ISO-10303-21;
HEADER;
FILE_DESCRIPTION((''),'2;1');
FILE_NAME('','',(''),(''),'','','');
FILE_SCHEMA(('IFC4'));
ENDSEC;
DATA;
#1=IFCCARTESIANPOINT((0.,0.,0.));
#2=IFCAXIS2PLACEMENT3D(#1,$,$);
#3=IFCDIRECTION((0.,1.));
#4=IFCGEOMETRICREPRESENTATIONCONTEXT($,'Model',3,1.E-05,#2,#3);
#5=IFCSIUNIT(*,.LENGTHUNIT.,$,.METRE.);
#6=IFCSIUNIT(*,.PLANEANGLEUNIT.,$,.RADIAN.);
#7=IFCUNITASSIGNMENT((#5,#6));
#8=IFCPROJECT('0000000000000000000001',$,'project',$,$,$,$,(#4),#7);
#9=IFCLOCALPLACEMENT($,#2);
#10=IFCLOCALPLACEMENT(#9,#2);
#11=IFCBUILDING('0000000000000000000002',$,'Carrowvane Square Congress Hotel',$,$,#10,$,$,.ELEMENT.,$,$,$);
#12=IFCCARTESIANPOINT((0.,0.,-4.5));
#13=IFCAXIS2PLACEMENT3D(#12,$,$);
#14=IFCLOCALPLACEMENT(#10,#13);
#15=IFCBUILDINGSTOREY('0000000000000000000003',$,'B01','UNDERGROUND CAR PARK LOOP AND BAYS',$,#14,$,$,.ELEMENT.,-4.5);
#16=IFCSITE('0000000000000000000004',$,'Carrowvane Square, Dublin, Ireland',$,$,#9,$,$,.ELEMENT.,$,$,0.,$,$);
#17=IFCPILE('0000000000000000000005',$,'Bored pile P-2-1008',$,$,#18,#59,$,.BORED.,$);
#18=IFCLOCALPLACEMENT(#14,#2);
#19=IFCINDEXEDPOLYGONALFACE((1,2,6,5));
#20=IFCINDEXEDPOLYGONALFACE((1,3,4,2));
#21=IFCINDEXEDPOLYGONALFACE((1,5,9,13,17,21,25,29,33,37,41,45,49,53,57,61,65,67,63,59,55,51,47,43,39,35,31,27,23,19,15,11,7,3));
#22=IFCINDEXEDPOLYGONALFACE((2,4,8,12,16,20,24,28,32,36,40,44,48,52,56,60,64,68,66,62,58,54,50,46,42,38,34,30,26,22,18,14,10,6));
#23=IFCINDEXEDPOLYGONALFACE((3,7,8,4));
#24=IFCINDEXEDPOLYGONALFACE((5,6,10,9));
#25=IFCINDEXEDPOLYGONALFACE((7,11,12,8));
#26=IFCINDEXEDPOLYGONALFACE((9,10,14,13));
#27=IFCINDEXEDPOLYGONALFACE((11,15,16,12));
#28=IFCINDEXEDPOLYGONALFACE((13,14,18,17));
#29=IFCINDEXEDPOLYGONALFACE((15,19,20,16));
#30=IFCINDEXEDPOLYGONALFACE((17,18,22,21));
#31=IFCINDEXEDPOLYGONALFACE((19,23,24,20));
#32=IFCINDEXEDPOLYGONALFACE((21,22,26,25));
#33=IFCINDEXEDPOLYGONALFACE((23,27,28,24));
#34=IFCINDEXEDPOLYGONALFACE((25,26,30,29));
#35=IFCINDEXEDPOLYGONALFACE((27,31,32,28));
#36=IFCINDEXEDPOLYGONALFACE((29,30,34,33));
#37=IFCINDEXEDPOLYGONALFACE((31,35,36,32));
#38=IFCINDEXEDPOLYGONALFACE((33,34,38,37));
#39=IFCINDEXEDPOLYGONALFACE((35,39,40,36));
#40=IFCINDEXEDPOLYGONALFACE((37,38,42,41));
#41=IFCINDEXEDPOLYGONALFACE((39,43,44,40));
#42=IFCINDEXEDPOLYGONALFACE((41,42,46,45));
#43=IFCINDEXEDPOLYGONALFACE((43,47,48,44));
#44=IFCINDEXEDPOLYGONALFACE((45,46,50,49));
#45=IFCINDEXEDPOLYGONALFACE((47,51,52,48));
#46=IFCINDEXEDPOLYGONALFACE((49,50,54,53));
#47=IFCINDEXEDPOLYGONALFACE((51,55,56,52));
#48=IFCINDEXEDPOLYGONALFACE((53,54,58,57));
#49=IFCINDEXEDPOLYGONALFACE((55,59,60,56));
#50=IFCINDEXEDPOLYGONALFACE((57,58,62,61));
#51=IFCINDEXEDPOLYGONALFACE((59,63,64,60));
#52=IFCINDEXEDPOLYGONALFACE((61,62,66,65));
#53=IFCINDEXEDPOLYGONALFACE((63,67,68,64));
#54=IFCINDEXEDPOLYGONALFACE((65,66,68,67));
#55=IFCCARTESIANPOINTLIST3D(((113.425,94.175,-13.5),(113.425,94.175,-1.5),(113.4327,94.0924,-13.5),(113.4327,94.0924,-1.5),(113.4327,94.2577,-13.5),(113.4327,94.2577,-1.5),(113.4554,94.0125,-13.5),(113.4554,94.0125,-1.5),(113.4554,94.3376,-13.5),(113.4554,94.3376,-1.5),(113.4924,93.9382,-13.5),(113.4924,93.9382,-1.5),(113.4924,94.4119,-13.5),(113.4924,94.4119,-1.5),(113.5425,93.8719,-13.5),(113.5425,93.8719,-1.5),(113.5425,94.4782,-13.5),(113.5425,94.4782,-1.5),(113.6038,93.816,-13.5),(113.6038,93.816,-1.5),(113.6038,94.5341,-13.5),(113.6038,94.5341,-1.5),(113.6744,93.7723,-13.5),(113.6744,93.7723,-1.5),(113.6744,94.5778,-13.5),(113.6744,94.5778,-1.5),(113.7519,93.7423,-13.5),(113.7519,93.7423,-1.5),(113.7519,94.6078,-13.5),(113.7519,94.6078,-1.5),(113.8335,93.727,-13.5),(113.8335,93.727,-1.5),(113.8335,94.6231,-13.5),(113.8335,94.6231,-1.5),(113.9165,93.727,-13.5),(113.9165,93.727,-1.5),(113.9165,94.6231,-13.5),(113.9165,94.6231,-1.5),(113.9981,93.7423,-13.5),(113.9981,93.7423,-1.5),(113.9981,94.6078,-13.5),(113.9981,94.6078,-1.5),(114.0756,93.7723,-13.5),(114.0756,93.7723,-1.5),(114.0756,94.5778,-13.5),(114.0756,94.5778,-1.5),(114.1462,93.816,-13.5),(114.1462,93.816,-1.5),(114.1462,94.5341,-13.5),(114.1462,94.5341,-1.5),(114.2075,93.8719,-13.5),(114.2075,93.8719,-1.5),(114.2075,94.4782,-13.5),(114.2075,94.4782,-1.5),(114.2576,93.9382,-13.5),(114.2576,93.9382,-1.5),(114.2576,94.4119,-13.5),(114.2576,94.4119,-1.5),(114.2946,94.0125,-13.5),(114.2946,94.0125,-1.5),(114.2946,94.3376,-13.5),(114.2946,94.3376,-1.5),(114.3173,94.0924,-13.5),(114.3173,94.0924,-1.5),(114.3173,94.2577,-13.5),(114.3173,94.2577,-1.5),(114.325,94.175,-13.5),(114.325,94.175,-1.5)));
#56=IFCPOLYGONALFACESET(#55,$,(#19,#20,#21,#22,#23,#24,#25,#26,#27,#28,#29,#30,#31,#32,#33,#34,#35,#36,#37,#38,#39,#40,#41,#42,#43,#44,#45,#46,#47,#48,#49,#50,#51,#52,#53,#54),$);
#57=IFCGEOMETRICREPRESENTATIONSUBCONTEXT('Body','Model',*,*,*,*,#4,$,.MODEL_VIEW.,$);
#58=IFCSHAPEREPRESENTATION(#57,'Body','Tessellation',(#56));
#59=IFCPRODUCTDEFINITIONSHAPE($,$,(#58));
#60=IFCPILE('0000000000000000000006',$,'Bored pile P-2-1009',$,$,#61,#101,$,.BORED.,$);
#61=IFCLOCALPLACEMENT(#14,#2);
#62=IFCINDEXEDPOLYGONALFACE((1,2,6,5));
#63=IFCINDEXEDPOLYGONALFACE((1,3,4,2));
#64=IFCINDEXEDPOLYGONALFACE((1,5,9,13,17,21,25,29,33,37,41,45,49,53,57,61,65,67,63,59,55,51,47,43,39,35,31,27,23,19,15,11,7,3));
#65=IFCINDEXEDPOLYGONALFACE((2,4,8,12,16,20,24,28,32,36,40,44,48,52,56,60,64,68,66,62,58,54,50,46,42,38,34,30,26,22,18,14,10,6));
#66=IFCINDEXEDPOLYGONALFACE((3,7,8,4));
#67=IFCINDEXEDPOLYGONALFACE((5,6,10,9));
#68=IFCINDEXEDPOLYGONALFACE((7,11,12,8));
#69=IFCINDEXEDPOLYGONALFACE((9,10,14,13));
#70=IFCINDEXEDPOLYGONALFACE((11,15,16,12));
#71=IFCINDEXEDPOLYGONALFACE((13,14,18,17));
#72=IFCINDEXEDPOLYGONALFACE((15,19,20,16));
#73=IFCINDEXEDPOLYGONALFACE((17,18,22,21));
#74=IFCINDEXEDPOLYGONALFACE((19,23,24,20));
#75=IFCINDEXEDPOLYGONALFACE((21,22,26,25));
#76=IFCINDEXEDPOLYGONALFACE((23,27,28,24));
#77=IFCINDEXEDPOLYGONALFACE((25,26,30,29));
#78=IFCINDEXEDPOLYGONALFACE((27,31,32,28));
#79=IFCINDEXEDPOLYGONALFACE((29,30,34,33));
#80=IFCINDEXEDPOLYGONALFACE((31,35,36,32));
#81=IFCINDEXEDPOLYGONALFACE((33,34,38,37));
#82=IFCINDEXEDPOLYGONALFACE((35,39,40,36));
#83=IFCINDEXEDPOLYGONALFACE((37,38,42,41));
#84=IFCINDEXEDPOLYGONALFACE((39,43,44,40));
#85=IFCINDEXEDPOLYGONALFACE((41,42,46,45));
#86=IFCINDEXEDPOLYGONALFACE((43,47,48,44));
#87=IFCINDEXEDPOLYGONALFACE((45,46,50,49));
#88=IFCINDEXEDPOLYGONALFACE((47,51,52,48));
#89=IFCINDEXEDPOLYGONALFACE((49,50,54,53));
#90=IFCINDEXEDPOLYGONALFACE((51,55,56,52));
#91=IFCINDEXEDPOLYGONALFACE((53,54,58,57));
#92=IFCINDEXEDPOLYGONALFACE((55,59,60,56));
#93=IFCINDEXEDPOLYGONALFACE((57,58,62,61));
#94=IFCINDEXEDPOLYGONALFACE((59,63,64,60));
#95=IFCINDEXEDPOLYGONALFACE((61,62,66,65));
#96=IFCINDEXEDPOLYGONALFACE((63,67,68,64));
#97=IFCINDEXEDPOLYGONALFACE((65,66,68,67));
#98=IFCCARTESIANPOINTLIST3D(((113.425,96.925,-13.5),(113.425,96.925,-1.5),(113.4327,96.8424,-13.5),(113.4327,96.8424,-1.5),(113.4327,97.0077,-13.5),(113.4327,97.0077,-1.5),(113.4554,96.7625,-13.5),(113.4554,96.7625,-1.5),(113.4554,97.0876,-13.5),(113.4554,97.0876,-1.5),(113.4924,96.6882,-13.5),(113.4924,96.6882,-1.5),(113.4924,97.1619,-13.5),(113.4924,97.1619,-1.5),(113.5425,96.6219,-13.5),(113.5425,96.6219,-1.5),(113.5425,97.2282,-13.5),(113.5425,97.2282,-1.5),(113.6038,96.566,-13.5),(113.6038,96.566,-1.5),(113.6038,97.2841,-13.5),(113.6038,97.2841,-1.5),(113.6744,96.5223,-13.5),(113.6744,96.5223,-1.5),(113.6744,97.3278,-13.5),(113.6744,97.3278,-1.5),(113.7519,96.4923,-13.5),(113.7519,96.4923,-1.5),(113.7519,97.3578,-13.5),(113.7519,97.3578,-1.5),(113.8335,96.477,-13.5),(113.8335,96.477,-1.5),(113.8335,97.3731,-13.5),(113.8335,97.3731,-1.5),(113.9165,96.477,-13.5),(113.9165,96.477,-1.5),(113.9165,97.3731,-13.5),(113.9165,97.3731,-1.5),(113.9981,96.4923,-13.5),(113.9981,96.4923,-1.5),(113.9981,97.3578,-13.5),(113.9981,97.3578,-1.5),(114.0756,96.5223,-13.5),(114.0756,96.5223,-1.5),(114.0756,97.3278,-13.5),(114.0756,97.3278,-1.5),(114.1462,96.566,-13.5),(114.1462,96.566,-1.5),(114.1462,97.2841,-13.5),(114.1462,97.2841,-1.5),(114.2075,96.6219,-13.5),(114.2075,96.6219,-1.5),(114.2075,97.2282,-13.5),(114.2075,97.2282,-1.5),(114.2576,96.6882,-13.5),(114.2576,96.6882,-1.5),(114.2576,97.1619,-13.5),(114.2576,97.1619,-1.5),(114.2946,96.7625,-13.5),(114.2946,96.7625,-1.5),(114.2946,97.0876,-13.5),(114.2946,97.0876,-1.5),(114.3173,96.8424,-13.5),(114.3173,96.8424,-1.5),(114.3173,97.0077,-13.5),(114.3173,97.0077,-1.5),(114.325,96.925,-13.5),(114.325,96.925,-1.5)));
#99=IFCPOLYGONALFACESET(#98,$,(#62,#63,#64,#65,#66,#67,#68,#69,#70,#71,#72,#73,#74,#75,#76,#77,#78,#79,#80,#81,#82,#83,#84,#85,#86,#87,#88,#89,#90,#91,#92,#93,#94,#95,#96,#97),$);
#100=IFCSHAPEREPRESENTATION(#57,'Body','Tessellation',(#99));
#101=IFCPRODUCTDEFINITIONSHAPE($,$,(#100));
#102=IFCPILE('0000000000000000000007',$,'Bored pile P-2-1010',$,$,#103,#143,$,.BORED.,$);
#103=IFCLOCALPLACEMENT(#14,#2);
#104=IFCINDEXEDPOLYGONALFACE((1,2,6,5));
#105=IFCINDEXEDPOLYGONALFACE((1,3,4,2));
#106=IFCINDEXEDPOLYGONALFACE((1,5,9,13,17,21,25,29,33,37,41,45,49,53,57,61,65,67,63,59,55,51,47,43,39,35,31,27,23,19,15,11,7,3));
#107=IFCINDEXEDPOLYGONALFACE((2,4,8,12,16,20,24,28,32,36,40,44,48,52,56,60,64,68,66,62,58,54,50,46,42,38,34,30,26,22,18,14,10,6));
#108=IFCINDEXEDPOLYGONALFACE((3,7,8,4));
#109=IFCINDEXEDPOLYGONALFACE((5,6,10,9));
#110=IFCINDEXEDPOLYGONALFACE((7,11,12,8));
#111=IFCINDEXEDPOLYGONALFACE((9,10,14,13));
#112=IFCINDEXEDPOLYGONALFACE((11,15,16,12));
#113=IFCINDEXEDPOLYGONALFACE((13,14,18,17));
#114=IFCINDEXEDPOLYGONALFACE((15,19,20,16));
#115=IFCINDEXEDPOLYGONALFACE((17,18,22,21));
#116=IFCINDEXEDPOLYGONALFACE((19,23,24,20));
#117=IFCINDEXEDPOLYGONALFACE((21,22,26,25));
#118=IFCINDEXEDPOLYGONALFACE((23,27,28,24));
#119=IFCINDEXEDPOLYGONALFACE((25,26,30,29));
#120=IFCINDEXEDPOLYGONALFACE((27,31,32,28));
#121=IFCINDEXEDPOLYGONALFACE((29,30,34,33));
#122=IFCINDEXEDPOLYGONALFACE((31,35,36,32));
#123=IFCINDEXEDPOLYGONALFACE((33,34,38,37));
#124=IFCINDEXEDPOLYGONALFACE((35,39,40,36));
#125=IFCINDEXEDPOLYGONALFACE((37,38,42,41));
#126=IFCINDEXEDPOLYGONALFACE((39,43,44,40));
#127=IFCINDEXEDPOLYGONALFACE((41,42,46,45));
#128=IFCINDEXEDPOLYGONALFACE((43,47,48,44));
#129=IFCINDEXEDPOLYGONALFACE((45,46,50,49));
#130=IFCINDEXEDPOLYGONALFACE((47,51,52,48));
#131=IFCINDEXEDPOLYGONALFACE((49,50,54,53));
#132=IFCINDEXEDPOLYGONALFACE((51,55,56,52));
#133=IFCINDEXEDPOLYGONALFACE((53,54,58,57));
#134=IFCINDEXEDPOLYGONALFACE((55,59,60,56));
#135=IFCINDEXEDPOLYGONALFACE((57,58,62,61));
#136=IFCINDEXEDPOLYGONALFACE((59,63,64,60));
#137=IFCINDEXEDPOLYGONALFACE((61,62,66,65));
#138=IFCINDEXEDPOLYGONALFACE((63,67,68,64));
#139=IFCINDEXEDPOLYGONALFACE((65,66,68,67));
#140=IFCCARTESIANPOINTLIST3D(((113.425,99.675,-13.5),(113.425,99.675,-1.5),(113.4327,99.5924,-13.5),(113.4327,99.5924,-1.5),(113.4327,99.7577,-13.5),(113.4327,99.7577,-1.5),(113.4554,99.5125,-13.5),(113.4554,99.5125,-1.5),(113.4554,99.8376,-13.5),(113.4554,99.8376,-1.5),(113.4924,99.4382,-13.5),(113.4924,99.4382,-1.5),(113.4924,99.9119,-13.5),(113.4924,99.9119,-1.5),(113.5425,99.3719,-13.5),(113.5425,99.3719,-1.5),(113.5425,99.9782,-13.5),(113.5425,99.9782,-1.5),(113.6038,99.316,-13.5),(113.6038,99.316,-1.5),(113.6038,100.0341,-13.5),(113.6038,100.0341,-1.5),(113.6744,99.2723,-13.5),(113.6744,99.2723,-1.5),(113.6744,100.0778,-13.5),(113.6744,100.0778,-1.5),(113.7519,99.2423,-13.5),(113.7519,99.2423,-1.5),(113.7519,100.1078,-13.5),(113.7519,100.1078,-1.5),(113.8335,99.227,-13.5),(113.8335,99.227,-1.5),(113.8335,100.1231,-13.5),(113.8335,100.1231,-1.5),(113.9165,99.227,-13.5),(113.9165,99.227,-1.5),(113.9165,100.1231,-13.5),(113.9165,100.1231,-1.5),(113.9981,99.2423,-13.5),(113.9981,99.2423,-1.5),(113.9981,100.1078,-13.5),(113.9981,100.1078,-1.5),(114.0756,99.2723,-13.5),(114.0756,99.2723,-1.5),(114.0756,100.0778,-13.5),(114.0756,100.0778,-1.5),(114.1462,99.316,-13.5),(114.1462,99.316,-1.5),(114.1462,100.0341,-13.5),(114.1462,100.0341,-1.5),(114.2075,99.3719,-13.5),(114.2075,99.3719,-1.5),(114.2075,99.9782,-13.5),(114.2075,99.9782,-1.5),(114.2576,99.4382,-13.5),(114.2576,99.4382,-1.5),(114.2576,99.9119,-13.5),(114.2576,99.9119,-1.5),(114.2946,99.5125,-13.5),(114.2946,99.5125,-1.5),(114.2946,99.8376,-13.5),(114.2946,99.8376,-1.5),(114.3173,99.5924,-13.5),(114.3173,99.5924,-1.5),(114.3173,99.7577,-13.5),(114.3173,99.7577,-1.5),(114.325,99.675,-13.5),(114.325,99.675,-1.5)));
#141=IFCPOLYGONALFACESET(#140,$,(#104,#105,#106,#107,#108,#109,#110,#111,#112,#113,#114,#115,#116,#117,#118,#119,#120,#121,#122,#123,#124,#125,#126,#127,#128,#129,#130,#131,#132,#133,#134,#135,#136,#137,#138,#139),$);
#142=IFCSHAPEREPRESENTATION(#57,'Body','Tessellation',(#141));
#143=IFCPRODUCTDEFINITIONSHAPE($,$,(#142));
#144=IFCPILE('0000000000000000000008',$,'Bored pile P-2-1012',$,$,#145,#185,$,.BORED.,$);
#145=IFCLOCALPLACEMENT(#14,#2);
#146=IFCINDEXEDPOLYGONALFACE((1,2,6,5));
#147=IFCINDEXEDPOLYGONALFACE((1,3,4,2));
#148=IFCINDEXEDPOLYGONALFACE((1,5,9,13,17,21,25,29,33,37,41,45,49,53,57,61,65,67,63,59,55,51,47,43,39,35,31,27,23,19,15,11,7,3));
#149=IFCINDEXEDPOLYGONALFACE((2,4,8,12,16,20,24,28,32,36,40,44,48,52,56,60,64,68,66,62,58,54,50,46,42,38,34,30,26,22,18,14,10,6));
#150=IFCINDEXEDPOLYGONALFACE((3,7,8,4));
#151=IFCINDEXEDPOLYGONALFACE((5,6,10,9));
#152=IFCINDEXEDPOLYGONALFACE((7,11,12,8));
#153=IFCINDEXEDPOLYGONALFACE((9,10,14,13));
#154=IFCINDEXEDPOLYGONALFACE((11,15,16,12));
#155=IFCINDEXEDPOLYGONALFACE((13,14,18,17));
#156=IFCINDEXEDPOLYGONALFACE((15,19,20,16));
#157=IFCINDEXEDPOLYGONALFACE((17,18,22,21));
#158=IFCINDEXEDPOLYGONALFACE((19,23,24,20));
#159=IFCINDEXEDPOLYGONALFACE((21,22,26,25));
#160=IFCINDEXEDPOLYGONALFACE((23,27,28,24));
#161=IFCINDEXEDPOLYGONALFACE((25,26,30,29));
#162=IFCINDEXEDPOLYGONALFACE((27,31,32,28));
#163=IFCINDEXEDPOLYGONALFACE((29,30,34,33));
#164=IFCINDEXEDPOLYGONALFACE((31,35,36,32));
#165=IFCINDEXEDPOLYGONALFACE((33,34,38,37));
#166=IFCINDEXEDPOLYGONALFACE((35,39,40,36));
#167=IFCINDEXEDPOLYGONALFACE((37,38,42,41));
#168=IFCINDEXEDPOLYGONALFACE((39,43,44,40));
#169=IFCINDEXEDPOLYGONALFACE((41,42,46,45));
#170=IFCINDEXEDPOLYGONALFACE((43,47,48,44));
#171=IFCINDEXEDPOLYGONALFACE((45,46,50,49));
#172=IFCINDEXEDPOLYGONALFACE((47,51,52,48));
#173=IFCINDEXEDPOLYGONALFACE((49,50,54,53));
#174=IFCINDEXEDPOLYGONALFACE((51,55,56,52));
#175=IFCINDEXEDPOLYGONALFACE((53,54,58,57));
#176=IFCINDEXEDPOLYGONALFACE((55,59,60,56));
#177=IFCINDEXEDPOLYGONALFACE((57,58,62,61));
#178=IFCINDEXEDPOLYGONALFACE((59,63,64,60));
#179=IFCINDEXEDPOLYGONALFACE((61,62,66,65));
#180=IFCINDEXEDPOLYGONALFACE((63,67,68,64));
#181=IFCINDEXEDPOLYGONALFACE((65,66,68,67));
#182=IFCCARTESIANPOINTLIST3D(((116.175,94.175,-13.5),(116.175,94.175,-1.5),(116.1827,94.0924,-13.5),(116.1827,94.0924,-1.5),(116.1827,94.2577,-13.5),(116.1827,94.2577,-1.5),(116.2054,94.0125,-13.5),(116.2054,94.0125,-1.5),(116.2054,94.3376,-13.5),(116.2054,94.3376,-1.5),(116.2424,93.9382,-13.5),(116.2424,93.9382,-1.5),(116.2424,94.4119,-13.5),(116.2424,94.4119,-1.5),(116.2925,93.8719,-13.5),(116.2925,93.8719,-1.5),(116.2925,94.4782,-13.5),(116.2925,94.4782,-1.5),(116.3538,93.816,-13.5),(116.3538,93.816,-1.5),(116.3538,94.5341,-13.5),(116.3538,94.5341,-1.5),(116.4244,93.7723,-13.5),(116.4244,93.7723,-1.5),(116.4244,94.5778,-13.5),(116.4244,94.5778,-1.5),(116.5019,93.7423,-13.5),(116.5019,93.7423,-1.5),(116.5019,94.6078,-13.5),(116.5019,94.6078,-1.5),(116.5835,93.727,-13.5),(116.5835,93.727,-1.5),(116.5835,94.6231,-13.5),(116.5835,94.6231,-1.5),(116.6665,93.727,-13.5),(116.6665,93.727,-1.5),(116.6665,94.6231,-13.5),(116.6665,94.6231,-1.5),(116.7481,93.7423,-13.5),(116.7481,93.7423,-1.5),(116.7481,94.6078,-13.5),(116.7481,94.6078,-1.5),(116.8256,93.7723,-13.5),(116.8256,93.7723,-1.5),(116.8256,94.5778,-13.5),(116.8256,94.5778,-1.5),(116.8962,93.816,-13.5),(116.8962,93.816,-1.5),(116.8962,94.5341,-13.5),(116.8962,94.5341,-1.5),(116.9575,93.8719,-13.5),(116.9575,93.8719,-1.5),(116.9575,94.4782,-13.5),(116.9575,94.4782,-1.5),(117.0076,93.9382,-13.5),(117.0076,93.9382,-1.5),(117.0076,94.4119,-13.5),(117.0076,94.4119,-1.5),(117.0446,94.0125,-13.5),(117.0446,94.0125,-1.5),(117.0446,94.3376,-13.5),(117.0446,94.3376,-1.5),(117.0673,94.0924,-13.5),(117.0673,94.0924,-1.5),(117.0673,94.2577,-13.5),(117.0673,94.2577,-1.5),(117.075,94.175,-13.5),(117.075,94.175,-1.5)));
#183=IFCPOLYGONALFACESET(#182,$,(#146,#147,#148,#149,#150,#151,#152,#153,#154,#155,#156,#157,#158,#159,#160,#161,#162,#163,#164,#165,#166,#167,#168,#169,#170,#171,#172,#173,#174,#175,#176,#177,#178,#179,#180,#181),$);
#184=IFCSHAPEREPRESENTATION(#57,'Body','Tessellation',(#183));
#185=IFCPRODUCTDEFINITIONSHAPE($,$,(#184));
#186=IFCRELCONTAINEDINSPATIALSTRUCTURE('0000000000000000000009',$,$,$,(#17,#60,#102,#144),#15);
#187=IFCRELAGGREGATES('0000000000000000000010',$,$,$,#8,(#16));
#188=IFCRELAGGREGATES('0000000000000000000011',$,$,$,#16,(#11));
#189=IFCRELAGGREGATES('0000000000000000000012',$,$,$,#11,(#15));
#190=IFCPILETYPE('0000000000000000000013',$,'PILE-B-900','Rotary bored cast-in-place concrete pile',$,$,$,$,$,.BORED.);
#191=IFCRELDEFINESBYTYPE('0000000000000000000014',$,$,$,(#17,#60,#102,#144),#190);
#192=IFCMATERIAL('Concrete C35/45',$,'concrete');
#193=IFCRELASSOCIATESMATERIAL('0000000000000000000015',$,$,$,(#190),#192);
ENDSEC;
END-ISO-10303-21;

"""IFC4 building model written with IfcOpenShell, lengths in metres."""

from ifc_helpers import new_model, si_unit, direction, frame, origin, origin_2d, place, context, subcontext, project, spatial, circle, extrude, material, material_profile, profile_set, type_object, element, save


model = new_model("IFC4")

# Units and contexts
model_context = context("Model", 3, precision=1e-05, world=origin(), true_north=direction((0.0, 1.0)))
body_context = subcontext(model_context, "Body", "Model", "MODEL_VIEW")
ifc_project = project(units=[si_unit("LENGTHUNIT", "METRE"), si_unit("PLANEANGLEUNIT", "RADIAN")], contexts=[model_context])

# Site, building, storey
site_placement = place(None, origin())
site = spatial("IfcSite", under=ifc_project, at=site_placement, Name="Carrowvane Square, Dublin, Ireland", CompositionType="ELEMENT", RefElevation=0.0)
building_placement = place(site_placement, origin())
building = spatial("IfcBuilding", under=site, at=building_placement, Name="Carrowvane Square Congress Hotel", CompositionType="ELEMENT")
storey_placement = place(building_placement, frame((0.0, 0.0, -4.5)))
storey = spatial("IfcBuildingStorey", under=building, at=storey_placement, Name="B01", Description="UNDERGROUND CAR PARK LOOP AND BAYS", CompositionType="ELEMENT", Elevation=-4.5)

# Piles
ifc_material_1 = material(Name="Concrete C35/45", Category="concrete")
ifc_material_profile_1 = material_profile(ifc_material_1, circle(Radius=0.45, at=origin_2d()), Name="PILE D900")
ifc_profile_set_1 = profile_set([ifc_material_profile_1], Name="Concrete C35/45")
pile_type = type_object("IfcPileType", Name="PILE-B-900", Description="Rotary bored cast-in-place concrete pile", PredefinedType="BORED", material=ifc_profile_set_1)
for number, where, z_axis, x_axis, name in (
    (1, (113.875, 94.175, -1.5), (0.0, 0.0, -1.0), (1.0, 0.0, 0.0), "Bored pile P-2-1008"),
    (2, (113.875, 96.925, -1.5), (0.0, 0.0, -1.0), (1.0, 0.0, 0.0), "Bored pile P-2-1009"),
    (3, (113.875, 99.675, -1.5), (0.0, 0.0, -1.0), (1.0, 0.0, 0.0), "Bored pile P-2-1010"),
    (4, (116.625, 94.175, -1.5), (0.0, 0.0, -1.0), (1.0, 0.0, 0.0), "Bored pile P-2-1012"),
):
    element("IfcPile", number, at=place(storey_placement, frame(where, z_axis=z_axis, x_axis=x_axis)), inside=storey, type_object=pile_type, Name=name, PredefinedType="BORED", context=body_context, shape_type="SweptSolid", body=[
        extrude(circle(Radius=0.45, at=origin_2d()), origin(), (0.0, 0.0, 1.0), 12.0),
    ])

save(model, "model.ifc")
